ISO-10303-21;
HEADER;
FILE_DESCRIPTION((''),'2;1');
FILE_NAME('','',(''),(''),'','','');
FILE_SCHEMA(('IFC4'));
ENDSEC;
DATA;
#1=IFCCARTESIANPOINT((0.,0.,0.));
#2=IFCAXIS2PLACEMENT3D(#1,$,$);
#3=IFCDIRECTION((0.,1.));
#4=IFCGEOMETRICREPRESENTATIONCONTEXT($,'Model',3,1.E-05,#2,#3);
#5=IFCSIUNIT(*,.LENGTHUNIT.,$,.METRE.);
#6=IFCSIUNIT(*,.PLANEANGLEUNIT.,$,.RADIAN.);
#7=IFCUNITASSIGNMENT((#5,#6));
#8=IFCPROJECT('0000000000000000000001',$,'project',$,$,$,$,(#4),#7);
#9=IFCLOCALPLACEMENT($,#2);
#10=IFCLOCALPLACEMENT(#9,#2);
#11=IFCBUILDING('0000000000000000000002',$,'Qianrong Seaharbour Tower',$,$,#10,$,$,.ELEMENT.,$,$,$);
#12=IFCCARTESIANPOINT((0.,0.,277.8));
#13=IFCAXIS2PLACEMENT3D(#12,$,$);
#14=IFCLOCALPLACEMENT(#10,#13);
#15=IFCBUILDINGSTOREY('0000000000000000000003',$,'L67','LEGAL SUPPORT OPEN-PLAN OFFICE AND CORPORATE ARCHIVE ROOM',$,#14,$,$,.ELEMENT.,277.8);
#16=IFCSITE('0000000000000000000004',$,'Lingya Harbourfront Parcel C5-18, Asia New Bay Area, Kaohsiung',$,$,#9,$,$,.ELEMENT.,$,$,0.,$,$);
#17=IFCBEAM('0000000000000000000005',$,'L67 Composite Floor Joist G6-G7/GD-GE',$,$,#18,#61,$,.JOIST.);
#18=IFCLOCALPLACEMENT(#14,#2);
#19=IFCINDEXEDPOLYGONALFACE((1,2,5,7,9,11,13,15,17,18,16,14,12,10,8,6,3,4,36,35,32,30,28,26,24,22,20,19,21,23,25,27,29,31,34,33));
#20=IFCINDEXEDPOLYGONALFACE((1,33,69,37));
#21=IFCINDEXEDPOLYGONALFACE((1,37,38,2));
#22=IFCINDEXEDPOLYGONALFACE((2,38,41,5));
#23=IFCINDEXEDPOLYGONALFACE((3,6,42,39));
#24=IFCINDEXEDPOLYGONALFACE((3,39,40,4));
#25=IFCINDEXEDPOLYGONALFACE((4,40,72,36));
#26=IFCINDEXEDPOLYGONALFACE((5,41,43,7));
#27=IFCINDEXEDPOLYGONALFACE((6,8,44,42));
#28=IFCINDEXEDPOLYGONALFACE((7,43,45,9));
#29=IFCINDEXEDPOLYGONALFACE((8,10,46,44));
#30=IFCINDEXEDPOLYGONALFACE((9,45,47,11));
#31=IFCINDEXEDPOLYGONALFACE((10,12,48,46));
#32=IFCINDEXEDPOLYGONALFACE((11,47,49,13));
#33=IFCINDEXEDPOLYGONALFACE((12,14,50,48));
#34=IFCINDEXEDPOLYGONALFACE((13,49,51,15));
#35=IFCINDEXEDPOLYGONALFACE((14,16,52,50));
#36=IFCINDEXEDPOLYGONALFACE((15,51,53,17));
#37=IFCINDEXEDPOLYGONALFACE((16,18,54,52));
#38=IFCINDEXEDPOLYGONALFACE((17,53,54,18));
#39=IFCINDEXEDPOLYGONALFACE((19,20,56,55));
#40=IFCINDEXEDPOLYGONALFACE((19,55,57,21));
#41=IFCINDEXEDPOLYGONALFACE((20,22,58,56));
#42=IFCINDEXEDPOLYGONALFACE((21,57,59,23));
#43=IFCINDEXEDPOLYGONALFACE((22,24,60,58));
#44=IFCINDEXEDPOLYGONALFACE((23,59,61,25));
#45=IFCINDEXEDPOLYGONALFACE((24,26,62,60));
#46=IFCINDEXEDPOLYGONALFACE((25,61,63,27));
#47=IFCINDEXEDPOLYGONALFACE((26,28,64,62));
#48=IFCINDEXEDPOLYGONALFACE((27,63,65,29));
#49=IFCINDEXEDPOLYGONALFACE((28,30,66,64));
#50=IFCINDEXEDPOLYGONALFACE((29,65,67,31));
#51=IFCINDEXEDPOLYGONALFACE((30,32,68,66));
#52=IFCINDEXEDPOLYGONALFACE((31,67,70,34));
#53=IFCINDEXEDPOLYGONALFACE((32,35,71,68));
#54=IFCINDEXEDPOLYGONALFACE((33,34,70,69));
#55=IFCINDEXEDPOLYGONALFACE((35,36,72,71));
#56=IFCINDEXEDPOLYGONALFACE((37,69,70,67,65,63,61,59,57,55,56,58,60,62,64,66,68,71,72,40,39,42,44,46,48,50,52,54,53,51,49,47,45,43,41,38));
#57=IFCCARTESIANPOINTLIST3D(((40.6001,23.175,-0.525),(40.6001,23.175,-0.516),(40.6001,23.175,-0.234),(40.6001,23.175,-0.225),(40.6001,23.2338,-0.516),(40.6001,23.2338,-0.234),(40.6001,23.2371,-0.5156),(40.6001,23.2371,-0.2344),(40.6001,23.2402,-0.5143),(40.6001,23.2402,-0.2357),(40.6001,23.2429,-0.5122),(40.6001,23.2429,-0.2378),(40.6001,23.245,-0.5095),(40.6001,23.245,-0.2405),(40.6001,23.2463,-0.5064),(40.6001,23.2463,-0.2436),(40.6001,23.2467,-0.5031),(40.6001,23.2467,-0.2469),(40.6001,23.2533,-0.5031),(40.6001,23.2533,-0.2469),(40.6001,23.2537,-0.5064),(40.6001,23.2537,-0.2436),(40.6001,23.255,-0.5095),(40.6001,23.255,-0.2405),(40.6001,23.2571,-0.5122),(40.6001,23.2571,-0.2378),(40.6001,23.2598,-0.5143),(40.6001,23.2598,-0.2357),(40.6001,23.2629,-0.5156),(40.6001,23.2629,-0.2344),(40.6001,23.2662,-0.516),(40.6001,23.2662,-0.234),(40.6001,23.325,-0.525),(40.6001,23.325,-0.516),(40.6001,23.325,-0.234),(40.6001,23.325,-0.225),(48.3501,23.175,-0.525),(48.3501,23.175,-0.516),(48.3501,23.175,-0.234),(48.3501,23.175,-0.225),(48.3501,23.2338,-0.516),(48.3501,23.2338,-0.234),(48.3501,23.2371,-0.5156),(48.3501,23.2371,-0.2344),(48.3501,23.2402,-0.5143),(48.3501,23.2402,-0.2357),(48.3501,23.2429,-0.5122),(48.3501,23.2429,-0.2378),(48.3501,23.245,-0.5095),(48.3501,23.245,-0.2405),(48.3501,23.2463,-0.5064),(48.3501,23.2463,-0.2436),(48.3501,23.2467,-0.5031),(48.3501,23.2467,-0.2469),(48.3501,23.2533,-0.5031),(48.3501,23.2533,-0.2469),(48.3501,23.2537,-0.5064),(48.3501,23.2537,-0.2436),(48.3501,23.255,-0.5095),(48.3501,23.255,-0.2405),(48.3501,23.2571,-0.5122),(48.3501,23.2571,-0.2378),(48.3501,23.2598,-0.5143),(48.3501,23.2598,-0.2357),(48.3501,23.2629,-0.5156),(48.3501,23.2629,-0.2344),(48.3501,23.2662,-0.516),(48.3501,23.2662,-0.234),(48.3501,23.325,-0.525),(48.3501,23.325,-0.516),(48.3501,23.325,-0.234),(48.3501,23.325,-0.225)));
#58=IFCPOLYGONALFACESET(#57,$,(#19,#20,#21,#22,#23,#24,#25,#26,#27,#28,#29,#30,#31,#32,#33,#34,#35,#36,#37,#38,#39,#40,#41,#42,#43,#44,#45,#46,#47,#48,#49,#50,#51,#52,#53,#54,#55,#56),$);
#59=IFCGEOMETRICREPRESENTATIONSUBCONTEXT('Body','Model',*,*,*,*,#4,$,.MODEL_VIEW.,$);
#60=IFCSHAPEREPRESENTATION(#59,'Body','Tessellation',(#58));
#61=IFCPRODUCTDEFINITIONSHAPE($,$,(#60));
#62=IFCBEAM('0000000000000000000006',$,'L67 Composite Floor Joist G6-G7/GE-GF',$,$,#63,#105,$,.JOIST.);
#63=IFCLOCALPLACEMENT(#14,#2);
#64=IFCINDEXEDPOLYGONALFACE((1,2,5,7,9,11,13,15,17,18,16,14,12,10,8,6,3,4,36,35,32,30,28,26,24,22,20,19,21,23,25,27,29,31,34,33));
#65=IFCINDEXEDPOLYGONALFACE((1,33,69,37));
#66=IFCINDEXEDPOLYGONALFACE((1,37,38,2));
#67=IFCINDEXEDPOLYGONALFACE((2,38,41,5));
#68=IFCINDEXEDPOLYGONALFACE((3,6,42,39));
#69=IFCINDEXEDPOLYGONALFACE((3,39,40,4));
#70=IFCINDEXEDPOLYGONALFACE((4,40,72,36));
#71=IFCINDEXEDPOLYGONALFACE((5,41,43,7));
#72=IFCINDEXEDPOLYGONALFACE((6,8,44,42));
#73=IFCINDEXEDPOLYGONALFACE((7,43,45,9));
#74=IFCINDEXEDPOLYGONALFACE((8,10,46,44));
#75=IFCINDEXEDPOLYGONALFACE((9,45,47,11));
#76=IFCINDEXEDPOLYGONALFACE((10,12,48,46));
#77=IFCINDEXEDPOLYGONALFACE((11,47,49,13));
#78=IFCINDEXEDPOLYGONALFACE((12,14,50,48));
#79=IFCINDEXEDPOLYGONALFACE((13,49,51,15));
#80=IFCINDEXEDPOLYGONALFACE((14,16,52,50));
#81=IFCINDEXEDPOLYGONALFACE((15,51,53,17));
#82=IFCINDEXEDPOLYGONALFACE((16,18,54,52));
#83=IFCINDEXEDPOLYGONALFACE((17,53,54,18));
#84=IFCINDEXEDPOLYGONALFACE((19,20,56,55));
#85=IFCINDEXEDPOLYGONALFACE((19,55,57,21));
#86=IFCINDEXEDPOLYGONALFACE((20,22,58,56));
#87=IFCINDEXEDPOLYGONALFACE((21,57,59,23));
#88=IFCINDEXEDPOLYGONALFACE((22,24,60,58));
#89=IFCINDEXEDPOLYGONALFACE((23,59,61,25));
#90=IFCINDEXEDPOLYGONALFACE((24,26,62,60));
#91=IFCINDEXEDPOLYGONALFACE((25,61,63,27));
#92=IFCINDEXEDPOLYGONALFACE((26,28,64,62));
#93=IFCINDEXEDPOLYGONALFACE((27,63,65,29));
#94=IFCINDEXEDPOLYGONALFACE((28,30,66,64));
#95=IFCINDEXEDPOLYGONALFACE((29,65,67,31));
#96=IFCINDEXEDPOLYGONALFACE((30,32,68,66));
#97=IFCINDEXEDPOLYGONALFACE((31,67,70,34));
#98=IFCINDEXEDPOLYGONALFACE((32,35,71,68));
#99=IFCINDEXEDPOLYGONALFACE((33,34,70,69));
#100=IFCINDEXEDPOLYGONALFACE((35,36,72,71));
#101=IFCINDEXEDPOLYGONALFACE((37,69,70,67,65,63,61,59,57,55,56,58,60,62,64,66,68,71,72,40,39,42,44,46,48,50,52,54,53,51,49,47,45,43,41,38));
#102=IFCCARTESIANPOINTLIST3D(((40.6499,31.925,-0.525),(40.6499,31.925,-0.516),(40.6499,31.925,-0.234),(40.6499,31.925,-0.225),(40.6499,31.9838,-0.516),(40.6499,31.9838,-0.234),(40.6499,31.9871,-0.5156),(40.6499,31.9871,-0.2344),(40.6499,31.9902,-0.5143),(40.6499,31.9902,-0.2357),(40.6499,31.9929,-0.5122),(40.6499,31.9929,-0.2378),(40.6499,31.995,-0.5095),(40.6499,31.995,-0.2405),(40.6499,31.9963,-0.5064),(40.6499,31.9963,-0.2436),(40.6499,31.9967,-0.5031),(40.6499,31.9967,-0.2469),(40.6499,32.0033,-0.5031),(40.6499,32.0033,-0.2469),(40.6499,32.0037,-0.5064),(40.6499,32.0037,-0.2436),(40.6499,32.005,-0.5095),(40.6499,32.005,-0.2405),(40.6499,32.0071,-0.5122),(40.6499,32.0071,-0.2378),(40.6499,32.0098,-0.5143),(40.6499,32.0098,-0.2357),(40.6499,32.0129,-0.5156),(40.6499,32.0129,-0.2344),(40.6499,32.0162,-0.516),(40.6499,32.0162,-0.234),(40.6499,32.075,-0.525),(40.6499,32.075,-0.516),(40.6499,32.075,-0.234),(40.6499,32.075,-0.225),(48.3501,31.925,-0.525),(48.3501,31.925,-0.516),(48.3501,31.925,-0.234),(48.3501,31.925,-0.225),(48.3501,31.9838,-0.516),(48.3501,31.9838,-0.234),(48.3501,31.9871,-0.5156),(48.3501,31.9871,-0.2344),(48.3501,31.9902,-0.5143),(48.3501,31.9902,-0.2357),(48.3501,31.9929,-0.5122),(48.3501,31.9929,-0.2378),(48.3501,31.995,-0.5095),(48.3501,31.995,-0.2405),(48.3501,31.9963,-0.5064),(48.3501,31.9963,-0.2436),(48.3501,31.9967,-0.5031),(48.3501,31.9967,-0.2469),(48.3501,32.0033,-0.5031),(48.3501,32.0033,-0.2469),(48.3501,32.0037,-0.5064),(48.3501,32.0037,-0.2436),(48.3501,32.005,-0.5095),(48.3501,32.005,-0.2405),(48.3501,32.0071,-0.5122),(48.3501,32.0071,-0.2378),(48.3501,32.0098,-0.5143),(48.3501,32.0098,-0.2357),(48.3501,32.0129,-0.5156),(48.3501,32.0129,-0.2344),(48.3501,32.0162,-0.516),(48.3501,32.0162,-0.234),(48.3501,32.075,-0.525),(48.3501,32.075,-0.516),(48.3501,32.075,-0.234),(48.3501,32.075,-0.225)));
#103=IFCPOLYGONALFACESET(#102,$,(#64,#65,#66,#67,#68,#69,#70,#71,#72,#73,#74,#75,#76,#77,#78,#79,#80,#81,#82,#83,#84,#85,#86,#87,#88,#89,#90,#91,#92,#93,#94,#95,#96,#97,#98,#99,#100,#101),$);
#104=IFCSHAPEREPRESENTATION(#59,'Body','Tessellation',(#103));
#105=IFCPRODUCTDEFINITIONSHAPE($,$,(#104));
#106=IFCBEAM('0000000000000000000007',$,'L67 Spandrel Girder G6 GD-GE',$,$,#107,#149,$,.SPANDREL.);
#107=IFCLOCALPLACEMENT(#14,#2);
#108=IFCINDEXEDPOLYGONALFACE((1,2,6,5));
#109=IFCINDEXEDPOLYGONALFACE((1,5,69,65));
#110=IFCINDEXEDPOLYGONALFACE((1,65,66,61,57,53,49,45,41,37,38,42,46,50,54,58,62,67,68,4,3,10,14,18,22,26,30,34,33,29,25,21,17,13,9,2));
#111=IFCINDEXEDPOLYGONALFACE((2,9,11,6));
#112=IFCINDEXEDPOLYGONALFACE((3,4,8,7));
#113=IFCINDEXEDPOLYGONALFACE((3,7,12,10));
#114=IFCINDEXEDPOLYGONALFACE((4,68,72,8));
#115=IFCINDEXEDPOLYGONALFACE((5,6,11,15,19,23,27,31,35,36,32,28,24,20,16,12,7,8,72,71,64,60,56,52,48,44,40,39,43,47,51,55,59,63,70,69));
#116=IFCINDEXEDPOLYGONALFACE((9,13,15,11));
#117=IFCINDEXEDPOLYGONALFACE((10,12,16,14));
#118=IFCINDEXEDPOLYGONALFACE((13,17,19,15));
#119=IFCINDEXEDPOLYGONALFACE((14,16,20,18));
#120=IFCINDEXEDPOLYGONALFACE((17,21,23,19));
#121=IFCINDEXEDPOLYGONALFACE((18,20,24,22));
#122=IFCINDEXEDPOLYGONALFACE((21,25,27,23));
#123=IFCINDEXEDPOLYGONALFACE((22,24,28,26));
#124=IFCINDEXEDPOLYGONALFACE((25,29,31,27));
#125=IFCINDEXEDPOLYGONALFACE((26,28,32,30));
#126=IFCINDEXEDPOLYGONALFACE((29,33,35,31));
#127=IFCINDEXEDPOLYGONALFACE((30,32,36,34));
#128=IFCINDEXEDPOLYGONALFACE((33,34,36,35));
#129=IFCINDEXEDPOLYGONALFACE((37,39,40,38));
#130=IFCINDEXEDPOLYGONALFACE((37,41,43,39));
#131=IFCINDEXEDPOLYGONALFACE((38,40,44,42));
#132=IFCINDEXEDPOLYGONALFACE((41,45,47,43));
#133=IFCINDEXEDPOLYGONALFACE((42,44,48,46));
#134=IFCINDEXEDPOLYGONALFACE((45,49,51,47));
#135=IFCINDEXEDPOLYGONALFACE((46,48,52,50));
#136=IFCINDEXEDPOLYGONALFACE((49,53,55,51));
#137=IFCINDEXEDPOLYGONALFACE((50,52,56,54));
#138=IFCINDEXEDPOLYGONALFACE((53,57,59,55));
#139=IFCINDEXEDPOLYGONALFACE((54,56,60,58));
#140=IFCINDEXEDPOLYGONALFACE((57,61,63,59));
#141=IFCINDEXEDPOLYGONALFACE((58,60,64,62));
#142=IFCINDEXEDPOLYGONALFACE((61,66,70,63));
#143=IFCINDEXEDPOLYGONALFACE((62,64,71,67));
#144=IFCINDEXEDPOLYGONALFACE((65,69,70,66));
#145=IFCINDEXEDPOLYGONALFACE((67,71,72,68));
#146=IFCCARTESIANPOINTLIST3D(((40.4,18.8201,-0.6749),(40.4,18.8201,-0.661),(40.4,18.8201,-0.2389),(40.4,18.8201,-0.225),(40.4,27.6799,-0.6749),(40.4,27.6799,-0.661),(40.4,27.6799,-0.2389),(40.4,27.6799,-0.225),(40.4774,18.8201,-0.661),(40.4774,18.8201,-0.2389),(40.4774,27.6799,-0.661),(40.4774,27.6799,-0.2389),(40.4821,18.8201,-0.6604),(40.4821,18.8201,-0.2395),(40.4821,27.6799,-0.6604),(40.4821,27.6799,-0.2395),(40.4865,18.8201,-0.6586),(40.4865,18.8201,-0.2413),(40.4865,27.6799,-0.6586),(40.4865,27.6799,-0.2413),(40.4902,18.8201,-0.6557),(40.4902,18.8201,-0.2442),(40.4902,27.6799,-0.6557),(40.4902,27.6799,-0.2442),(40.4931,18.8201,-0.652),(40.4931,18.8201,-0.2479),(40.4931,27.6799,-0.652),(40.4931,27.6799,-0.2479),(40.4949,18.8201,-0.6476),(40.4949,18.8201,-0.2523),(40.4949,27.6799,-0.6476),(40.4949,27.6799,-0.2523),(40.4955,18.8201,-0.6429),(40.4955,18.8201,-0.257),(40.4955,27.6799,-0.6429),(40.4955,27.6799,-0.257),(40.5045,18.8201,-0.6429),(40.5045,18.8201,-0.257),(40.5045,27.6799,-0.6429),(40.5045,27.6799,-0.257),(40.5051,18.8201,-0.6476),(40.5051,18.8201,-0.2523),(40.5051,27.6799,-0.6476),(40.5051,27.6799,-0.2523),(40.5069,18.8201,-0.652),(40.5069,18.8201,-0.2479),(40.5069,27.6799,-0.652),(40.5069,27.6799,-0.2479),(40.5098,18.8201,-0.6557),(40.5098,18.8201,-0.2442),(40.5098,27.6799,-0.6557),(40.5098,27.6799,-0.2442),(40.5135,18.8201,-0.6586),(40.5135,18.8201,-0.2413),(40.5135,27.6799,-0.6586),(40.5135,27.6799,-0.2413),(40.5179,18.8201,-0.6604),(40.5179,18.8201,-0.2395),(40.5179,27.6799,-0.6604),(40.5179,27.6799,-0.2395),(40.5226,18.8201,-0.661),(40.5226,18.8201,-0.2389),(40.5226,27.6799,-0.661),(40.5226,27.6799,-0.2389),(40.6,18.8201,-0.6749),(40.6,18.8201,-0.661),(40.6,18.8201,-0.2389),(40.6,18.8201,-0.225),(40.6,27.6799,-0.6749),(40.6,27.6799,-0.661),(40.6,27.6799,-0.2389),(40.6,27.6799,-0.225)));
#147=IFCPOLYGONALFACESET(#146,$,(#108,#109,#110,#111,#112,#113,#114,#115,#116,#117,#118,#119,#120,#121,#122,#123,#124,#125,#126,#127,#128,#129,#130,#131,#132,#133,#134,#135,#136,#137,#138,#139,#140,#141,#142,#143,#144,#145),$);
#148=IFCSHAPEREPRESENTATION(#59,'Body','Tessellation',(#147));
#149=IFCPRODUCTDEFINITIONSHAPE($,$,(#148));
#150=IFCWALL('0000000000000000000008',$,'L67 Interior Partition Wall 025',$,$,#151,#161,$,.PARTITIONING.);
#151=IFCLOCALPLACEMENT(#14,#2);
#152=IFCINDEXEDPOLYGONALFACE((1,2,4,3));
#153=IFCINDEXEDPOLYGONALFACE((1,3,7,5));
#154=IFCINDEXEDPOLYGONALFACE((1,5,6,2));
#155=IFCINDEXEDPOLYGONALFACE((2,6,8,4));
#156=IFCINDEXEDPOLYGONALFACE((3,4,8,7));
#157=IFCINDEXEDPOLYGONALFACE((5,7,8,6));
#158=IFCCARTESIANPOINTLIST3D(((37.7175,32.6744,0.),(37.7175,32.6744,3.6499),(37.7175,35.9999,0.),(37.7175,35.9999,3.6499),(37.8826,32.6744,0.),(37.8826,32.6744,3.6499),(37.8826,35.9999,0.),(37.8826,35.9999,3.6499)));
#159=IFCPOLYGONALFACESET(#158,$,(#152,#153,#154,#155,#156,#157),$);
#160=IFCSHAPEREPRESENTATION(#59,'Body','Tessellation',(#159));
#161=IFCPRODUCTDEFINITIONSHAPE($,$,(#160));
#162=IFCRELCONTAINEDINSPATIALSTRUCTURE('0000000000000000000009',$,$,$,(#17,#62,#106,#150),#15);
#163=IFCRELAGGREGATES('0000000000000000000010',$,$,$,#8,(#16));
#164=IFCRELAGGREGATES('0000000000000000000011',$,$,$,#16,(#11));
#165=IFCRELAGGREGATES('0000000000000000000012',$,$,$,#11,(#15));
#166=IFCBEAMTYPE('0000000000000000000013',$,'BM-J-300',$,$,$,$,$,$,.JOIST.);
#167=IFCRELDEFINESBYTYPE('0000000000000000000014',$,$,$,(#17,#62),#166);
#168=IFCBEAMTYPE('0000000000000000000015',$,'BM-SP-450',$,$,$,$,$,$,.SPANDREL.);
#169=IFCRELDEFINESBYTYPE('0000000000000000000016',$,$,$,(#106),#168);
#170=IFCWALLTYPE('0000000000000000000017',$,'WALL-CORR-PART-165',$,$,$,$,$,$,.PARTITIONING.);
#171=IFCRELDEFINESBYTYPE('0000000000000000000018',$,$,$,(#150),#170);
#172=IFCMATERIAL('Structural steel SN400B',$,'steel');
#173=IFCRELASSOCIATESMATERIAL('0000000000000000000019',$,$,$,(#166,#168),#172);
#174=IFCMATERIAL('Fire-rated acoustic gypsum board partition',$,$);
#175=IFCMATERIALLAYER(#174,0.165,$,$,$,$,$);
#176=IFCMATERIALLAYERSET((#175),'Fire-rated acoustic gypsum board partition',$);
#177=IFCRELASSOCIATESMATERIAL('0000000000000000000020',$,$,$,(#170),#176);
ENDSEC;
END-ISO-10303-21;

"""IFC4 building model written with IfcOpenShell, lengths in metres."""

from ifc_helpers import new_model, si_unit, direction, frame, frame_2d, origin, origin_2d, place, context, subcontext, project, spatial, rectangle, i_section, extrude, material, layer, layer_set, material_profile, profile_set, type_object, element, save


model = new_model("IFC4")

# Units and contexts
model_context = context("Model", 3, precision=1e-05, world=origin(), true_north=direction((0.0, 1.0)))
body_context = subcontext(model_context, "Body", "Model", "MODEL_VIEW")
ifc_project = project(units=[si_unit("LENGTHUNIT", "METRE"), si_unit("PLANEANGLEUNIT", "RADIAN")], contexts=[model_context])

# Site, building, storey
site_placement = place(None, origin())
site = spatial("IfcSite", under=ifc_project, at=site_placement, Name="Lingya Harbourfront Parcel C5-18, Asia New Bay Area, Kaohsiung", CompositionType="ELEMENT", RefElevation=0.0)
building_placement = place(site_placement, origin())
building = spatial("IfcBuilding", under=site, at=building_placement, Name="Qianrong Seaharbour Tower", CompositionType="ELEMENT")
storey_placement = place(building_placement, frame((0.0, 0.0, 277.8)))
storey = spatial("IfcBuildingStorey", under=building, at=storey_placement, Name="L67", Description="LEGAL SUPPORT OPEN-PLAN OFFICE AND CORPORATE ARCHIVE ROOM", CompositionType="ELEMENT", Elevation=277.8)

# Beams
ifc_material_1 = material(Name="Structural steel SN400B", Category="steel")
ifc_material_profile_1 = material_profile(ifc_material_1, i_section(OverallWidth=0.1499, OverallDepth=0.3, WebThickness=0.0066, FlangeThickness=0.009, FilletRadius=0.0129, at=origin_2d()), Name="H300x150x6.5x9")
ifc_profile_set_1 = profile_set([ifc_material_profile_1], Name="Structural steel SN400B")
beam_type_1 = type_object("IfcBeamType", Name="BM-J-300", PredefinedType="JOIST", material=ifc_profile_set_1)
beam_1_placement = place(storey_placement, frame((40.6001, 23.25, -0.375), z_axis=(1.0, 0.0, 0.0), x_axis=(0.0, 1.0, 0.0)))
element("IfcBeam", 1, at=beam_1_placement, inside=storey, type_object=beam_type_1, Name="L67 Composite Floor Joist G6-G7/GD-GE", PredefinedType="JOIST", context=body_context, shape_type="SweptSolid", body=[
    extrude(i_section(OverallWidth=0.1499, OverallDepth=0.3, WebThickness=0.0066, FlangeThickness=0.009, FilletRadius=0.0129, at=origin_2d()), origin(), (0.0, 0.0, 1.0), 7.75),
])
beam_2_placement = place(storey_placement, frame((40.6499, 32.0, -0.375), z_axis=(1.0, 0.0, 0.0), x_axis=(0.0, 1.0, 0.0)))
element("IfcBeam", 2, at=beam_2_placement, inside=storey, type_object=beam_type_1, Name="L67 Composite Floor Joist G6-G7/GE-GF", PredefinedType="JOIST", context=body_context, shape_type="SweptSolid", body=[
    extrude(i_section(OverallWidth=0.1499, OverallDepth=0.3, WebThickness=0.0066, FlangeThickness=0.009, FilletRadius=0.0129, at=origin_2d()), origin(), (0.0, 0.0, 1.0), 7.7002),
])
ifc_material_profile_2 = material_profile(ifc_material_1, i_section(OverallWidth=0.2, OverallDepth=0.45, WebThickness=0.009, FlangeThickness=0.0139, FilletRadius=0.0181, at=origin_2d()), Name="H450x200x9x14")
ifc_profile_set_2 = profile_set([ifc_material_profile_2], Name="Structural steel SN400B")
beam_type_2 = type_object("IfcBeamType", Name="BM-SP-450", PredefinedType="SPANDREL", material=ifc_profile_set_2)
beam_3_placement = place(storey_placement, frame((40.5, 18.8201, -0.45), z_axis=(0.0, 1.0, 0.0), x_axis=(-1.0, 0.0, 0.0)))
element("IfcBeam", 3, at=beam_3_placement, inside=storey, type_object=beam_type_2, Name="L67 Spandrel Girder G6 GD-GE", PredefinedType="SPANDREL", context=body_context, shape_type="SweptSolid", body=[
    extrude(i_section(OverallWidth=0.2, OverallDepth=0.45, WebThickness=0.009, FlangeThickness=0.0139, FilletRadius=0.0181, at=origin_2d()), origin(), (0.0, 0.0, 1.0), 8.8599),
])

# Shared definitions
ifc_material_2 = material(Name="Fire-rated acoustic gypsum board partition")
ifc_layer_1 = layer(ifc_material_2, 0.165)
ifc_layer_set_1 = layer_set([ifc_layer_1], Name="Fire-rated acoustic gypsum board partition")
wall_type_1 = type_object("IfcWallType", Name="WALL-CORR-PART-165", PredefinedType="PARTITIONING", material=ifc_layer_set_1)

# Wall
wall_1_placement = place(storey_placement, frame((37.8, 32.6746, 0.0), z_axis=(0.0, 0.0, 1.0), x_axis=(0.0, 1.0, 0.0)))
element("IfcWall", 4, at=wall_1_placement, inside=storey, type_object=wall_type_1, Name="L67 Interior Partition Wall 025", PredefinedType="PARTITIONING", context=body_context, shape_type="SweptSolid", body=[
    extrude(rectangle(XDim=3.3254, YDim=0.165, at=frame_2d((1.6626, 0.0))), origin(), (0.0, 0.0, 1.0), 3.6499),
])

save(model, "model.ifc")
